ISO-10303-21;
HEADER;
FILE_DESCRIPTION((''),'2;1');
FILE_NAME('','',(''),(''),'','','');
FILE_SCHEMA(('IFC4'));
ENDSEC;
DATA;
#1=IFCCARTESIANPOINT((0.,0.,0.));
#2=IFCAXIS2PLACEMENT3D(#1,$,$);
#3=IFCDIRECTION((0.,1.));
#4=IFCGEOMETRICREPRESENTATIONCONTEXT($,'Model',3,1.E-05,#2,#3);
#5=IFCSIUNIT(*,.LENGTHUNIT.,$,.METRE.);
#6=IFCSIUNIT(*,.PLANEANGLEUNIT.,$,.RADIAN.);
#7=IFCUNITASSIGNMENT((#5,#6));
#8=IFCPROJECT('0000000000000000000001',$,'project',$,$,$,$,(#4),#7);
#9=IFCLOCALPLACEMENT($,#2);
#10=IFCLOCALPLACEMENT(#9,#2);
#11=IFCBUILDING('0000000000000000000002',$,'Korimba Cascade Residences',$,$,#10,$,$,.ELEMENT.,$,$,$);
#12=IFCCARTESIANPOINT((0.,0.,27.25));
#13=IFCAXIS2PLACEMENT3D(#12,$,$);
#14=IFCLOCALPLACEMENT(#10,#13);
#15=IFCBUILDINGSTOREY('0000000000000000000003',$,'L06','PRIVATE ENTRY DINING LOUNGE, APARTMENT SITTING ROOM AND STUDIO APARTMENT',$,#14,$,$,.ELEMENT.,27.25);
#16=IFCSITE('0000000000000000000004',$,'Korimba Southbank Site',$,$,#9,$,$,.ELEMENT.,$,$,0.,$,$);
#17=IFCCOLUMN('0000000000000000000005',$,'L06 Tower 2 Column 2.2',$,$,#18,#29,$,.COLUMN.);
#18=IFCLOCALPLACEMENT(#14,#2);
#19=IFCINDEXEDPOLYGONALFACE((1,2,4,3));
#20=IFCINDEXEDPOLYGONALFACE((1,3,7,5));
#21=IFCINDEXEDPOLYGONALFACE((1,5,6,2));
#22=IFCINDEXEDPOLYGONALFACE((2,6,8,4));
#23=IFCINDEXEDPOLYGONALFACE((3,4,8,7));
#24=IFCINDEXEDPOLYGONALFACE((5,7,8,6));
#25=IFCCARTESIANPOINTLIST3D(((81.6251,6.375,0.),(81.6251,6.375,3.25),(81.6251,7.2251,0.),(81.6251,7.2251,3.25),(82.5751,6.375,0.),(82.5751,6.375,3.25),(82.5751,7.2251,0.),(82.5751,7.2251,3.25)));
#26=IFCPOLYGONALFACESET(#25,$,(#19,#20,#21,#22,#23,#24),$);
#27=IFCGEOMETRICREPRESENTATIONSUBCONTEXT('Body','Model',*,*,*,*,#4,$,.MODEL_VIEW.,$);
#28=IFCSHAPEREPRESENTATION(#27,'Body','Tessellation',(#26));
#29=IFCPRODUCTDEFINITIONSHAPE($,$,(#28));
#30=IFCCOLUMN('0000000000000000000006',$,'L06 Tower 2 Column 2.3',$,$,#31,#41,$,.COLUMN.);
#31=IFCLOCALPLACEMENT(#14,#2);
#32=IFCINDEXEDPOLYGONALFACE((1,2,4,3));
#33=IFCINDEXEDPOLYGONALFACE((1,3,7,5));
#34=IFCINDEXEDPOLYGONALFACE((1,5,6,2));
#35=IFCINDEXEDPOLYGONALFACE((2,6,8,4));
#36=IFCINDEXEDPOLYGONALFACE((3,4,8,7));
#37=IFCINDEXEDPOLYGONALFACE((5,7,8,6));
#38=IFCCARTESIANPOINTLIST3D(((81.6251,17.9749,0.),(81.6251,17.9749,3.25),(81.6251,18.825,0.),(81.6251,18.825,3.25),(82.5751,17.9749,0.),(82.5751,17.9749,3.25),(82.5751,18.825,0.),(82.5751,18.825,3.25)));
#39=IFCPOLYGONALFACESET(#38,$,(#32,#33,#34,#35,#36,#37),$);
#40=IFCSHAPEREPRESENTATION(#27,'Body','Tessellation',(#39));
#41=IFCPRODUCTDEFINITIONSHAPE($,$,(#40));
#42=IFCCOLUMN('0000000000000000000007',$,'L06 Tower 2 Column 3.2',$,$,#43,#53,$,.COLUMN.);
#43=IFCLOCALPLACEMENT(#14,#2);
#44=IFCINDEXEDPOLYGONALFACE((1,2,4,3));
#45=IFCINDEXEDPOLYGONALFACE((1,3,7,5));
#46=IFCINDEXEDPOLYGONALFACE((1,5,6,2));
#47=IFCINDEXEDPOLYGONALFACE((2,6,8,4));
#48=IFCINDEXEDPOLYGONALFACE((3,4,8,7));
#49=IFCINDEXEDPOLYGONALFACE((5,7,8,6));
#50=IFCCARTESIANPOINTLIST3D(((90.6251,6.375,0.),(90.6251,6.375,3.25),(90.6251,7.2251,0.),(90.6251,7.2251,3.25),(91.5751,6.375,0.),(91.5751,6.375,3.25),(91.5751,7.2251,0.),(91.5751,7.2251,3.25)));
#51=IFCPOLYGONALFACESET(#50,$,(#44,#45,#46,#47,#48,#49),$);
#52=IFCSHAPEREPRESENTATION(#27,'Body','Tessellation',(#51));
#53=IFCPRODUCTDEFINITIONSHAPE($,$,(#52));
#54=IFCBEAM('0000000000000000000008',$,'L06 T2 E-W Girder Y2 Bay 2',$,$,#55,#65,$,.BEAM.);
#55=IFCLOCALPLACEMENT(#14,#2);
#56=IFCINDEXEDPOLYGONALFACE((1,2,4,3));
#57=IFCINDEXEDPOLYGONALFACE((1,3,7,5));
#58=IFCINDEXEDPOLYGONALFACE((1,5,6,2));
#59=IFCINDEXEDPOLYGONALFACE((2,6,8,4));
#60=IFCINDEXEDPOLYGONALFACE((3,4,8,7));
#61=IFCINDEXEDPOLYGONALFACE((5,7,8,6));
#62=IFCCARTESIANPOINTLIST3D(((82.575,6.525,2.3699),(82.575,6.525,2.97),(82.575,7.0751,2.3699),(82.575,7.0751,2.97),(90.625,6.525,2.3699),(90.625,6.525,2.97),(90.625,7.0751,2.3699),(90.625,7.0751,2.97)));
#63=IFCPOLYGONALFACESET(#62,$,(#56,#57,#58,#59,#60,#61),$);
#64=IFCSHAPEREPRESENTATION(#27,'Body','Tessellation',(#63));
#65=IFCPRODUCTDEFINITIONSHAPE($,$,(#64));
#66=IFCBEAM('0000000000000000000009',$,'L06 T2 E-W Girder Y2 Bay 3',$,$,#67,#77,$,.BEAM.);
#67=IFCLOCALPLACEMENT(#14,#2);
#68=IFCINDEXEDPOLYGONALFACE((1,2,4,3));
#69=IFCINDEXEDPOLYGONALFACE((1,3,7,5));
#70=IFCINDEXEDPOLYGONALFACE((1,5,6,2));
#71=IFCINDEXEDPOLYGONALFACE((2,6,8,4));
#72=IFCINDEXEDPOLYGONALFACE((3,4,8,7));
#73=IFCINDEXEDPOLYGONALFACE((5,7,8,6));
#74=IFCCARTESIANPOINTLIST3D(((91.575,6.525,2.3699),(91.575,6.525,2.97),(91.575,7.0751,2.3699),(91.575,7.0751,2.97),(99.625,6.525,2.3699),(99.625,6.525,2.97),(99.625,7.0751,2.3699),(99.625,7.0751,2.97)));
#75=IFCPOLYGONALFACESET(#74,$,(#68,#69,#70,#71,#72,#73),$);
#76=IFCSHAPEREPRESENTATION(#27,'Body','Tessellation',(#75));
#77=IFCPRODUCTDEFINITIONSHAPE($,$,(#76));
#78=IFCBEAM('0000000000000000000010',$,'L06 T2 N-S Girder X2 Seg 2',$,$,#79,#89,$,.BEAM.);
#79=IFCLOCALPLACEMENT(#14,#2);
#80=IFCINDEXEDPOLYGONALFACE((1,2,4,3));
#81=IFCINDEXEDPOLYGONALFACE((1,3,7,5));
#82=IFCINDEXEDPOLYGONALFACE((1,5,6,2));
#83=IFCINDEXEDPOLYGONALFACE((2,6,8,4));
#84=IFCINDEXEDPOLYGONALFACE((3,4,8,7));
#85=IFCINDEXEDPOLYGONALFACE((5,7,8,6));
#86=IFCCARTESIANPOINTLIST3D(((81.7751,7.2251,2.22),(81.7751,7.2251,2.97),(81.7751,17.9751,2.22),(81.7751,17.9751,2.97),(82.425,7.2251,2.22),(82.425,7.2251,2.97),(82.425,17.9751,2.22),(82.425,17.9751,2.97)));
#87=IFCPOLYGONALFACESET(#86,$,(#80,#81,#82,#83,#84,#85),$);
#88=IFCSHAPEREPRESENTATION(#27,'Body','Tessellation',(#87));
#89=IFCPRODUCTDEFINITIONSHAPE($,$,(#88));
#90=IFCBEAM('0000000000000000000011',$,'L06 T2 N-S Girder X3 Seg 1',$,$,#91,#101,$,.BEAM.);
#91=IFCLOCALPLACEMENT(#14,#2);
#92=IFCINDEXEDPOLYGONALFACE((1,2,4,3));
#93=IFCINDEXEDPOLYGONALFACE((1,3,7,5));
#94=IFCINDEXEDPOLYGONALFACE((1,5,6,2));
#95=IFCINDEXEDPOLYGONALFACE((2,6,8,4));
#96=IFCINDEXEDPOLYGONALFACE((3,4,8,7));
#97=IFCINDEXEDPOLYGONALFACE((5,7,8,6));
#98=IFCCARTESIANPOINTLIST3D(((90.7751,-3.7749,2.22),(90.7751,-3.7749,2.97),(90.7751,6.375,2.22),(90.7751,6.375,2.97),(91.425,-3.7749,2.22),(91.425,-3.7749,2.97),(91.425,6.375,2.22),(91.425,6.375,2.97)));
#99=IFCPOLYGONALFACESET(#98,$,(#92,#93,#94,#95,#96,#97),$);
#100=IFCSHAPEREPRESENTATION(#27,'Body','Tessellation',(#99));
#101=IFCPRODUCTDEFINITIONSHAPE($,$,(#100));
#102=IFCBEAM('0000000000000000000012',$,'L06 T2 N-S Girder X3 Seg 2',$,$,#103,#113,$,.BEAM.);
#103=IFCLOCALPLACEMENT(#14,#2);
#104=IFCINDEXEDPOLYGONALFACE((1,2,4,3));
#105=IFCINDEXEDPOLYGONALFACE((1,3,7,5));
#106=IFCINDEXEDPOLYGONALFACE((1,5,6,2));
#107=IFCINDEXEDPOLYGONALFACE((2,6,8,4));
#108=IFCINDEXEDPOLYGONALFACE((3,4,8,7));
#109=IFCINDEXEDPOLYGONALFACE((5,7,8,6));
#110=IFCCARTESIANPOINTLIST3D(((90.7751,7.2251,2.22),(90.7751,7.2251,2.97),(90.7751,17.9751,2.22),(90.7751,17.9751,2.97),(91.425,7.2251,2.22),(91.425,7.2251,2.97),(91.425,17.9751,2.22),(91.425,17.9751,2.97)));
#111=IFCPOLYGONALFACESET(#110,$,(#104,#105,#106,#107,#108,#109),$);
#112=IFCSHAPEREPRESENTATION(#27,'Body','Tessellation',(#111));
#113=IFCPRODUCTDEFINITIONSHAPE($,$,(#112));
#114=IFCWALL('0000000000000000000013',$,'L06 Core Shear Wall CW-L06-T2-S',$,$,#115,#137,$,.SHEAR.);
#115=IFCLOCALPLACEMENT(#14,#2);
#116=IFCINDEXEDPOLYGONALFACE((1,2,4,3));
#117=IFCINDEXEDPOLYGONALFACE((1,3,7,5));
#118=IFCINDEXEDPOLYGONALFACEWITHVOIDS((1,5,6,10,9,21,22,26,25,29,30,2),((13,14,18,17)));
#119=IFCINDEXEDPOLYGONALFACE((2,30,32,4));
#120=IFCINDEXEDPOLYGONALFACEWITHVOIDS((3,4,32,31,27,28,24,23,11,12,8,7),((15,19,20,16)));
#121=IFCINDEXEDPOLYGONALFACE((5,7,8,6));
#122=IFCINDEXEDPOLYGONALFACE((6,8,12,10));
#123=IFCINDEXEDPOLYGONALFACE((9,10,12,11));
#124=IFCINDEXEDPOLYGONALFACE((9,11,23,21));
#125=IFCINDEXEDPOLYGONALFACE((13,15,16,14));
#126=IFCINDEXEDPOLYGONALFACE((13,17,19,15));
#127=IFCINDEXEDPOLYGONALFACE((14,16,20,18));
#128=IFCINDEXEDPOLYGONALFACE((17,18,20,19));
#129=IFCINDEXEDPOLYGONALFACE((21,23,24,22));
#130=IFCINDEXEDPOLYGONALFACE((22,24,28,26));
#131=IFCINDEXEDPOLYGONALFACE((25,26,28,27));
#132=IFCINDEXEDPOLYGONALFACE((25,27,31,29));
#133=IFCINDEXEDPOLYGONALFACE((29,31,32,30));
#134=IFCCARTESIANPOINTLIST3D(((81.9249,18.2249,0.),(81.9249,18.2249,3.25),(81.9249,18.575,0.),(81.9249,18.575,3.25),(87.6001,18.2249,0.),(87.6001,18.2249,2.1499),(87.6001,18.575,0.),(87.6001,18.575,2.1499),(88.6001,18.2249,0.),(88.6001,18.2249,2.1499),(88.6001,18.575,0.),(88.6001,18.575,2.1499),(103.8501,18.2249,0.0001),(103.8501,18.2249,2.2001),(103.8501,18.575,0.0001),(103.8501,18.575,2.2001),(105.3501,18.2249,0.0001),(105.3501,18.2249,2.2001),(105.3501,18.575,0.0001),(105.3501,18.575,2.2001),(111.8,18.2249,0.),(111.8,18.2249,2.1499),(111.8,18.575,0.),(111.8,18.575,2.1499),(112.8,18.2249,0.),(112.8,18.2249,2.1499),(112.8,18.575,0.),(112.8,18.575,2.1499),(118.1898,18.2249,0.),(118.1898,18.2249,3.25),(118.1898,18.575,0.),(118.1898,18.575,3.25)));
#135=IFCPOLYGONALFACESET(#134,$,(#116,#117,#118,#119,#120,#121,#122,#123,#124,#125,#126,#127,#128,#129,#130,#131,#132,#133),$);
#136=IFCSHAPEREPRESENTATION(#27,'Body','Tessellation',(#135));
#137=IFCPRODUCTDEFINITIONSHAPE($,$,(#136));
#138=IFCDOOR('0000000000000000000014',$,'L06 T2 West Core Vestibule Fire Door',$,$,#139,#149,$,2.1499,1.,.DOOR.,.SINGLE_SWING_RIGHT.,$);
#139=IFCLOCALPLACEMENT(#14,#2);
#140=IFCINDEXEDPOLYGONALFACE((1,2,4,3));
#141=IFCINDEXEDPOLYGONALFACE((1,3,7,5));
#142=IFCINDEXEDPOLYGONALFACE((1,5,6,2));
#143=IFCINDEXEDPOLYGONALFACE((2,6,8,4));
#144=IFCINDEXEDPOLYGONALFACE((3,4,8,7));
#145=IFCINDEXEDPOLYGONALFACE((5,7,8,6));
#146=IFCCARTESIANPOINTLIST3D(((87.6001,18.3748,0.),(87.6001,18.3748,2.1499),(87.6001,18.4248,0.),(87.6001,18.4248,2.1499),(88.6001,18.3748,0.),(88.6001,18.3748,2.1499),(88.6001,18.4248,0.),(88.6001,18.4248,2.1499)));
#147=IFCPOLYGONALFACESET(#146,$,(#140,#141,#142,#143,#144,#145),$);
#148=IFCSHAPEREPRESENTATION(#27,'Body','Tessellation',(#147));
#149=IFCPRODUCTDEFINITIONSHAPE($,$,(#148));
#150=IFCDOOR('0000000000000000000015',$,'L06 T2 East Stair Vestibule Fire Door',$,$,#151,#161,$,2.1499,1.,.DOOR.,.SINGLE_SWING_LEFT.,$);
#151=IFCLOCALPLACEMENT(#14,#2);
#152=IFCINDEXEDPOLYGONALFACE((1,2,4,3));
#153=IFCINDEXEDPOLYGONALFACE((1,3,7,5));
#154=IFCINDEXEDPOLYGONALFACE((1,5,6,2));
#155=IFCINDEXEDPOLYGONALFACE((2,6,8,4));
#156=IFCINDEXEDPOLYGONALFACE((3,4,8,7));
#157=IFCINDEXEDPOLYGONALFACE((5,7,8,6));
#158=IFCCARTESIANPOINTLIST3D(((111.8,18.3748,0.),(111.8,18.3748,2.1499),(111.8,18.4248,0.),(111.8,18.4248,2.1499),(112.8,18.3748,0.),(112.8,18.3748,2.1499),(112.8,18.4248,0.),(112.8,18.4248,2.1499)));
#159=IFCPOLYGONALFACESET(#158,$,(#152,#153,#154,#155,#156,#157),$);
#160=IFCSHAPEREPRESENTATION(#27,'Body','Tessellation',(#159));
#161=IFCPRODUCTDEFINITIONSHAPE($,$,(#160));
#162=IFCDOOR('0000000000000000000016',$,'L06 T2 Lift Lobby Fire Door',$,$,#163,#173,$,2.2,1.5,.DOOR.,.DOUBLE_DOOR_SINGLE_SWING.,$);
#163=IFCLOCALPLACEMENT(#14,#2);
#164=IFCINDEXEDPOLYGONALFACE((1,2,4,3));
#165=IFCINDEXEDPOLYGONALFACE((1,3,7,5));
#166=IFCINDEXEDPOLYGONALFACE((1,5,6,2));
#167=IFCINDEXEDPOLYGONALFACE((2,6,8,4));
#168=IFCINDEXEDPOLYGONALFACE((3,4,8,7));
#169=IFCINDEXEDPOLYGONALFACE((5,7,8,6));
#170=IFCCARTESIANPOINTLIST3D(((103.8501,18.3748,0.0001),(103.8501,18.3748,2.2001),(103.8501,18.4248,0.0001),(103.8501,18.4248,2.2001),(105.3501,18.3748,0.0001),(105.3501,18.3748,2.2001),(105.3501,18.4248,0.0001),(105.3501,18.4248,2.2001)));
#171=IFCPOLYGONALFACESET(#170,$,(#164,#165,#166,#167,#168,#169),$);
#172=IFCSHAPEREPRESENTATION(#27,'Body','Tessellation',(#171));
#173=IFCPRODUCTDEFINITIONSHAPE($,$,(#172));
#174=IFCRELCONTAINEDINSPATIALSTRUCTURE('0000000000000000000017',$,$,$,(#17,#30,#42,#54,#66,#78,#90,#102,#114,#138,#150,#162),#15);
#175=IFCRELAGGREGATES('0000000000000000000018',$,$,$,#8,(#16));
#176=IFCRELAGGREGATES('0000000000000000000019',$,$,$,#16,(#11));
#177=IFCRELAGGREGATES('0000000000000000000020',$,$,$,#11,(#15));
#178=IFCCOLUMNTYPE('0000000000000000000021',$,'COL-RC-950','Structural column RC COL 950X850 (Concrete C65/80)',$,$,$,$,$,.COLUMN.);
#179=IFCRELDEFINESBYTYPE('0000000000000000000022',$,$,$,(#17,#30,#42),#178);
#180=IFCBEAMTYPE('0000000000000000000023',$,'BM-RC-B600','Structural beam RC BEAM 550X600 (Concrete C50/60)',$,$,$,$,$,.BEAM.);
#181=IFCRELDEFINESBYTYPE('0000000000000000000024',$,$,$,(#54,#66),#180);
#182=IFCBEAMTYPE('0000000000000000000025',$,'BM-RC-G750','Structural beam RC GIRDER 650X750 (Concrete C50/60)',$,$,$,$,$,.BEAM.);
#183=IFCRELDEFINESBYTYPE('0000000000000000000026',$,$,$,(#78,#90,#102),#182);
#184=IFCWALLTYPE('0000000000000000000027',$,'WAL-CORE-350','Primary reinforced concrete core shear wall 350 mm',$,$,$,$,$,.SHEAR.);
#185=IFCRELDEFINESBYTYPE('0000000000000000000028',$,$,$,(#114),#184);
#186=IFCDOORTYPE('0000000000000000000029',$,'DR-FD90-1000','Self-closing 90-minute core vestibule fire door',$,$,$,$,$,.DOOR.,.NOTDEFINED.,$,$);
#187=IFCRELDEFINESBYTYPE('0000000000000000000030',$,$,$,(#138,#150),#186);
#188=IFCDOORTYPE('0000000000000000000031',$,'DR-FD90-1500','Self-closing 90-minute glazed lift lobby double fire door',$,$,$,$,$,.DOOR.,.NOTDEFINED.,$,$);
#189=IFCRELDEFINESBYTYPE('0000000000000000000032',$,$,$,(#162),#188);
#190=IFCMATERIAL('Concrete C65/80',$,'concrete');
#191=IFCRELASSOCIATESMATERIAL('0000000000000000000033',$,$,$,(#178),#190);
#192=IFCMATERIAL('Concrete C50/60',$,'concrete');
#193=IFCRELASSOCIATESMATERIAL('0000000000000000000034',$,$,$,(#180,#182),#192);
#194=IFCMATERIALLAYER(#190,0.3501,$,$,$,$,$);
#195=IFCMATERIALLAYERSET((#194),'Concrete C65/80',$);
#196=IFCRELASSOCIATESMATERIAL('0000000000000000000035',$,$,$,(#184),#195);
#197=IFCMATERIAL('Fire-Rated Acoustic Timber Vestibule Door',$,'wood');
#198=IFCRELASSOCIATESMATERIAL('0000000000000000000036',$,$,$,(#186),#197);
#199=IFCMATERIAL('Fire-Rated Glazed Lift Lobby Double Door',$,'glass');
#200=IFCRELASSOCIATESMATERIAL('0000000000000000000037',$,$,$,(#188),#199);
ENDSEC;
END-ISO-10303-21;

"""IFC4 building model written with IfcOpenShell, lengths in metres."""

from ifc_helpers import new_model, si_unit, direction, frame, frame_2d, origin, origin_2d, place, context, subcontext, project, spatial, rectangle, extrude, material, layer, layer_set, material_profile, profile_set, type_object, element, fill, save


model = new_model("IFC4")

# Units and contexts
model_context = context("Model", 3, precision=1e-05, world=origin(), true_north=direction((0.0, 1.0)))
body_context = subcontext(model_context, "Body", "Model", "MODEL_VIEW")
ifc_project = project(units=[si_unit("LENGTHUNIT", "METRE"), si_unit("PLANEANGLEUNIT", "RADIAN")], contexts=[model_context])

# Site, building, storey
site_placement = place(None, origin())
site = spatial("IfcSite", under=ifc_project, at=site_placement, Name="Korimba Southbank Site", CompositionType="ELEMENT", RefElevation=0.0)
building_placement = place(site_placement, origin())
building = spatial("IfcBuilding", under=site, at=building_placement, Name="Korimba Cascade Residences", CompositionType="ELEMENT")
storey_placement = place(building_placement, frame((0.0, 0.0, 27.25)))
storey = spatial("IfcBuildingStorey", under=building, at=storey_placement, Name="L06", Description="PRIVATE ENTRY DINING LOUNGE, APARTMENT SITTING ROOM AND STUDIO APARTMENT", CompositionType="ELEMENT", Elevation=27.25)

# Columns
ifc_material_1 = material(Name="Concrete C65/80", Category="concrete")
ifc_material_profile_1 = material_profile(ifc_material_1, rectangle(XDim=0.95, YDim=0.8501, at=origin_2d()), Name="Concrete C65/80")
ifc_profile_set_1 = profile_set([ifc_material_profile_1], Name="Concrete C65/80")
column_type = type_object("IfcColumnType", Name="COL-RC-950", Description="Structural column RC COL 950X850 (Concrete C65/80)", PredefinedType="COLUMN", material=ifc_profile_set_1)
for number, where, z_axis, x_axis, name in (
    (1, (82.1001, 6.8, 0.0), (0.0, 0.0, 1.0), (1.0, 0.0, 0.0), "L06 Tower 2 Column 2.2"),
    (2, (82.1001, 18.3999, 0.0), (0.0, 0.0, 1.0), (1.0, 0.0, 0.0), "L06 Tower 2 Column 2.3"),
    (3, (91.1001, 6.8, 0.0), (0.0, 0.0, 1.0), (1.0, 0.0, 0.0), "L06 Tower 2 Column 3.2"),
):
    element("IfcColumn", number, at=place(storey_placement, frame(where, z_axis=z_axis, x_axis=x_axis)), inside=storey, type_object=column_type, Name=name, PredefinedType="COLUMN", context=body_context, shape_type="SweptSolid", body=[
        extrude(rectangle(XDim=0.95, YDim=0.8501, at=origin_2d()), origin(), (0.0, 0.0, 1.0), 3.25),
    ])

# Beams
ifc_material_2 = material(Name="Concrete C50/60", Category="concrete")
ifc_material_profile_2 = material_profile(ifc_material_2, rectangle(XDim=0.55, YDim=0.6001, at=origin_2d()), Name="Concrete C50/60")
ifc_profile_set_2 = profile_set([ifc_material_profile_2], Name="Concrete C50/60")
beam_type_1 = type_object("IfcBeamType", Name="BM-RC-B600", Description="Structural beam RC BEAM 550X600 (Concrete C50/60)", PredefinedType="BEAM", material=ifc_profile_set_2)
for number, where, z_axis, x_axis, name in (
    (4, (82.575, 6.8, 2.6699), (1.0, 0.0, 0.0), (0.0, 1.0, 0.0), "L06 T2 E-W Girder Y2 Bay 2"),
    (5, (91.575, 6.8, 2.6699), (1.0, 0.0, 0.0), (0.0, 1.0, 0.0), "L06 T2 E-W Girder Y2 Bay 3"),
):
    element("IfcBeam", number, at=place(storey_placement, frame(where, z_axis=z_axis, x_axis=x_axis)), inside=storey, type_object=beam_type_1, Name=name, PredefinedType="BEAM", context=body_context, shape_type="SweptSolid", body=[
        extrude(rectangle(XDim=0.55, YDim=0.6001, at=origin_2d()), origin(), (0.0, 0.0, 1.0), 8.05),
    ])
ifc_material_profile_3 = material_profile(ifc_material_2, rectangle(XDim=0.6499, YDim=0.75, at=origin_2d()), Name="Concrete C50/60")
ifc_profile_set_3 = profile_set([ifc_material_profile_3], Name="Concrete C50/60")
beam_type_2 = type_object("IfcBeamType", Name="BM-RC-G750", Description="Structural beam RC GIRDER 650X750 (Concrete C50/60)", PredefinedType="BEAM", material=ifc_profile_set_3)
beam_1_placement = place(storey_placement, frame((82.1001, 7.2251, 2.595), z_axis=(0.0, 1.0, 0.0), x_axis=(-1.0, 0.0, 0.0)))
element("IfcBeam", 6, at=beam_1_placement, inside=storey, type_object=beam_type_2, Name="L06 T2 N-S Girder X2 Seg 2", PredefinedType="BEAM", context=body_context, shape_type="SweptSolid", body=[
    extrude(rectangle(XDim=0.6499, YDim=0.75, at=origin_2d()), origin(), (0.0, 0.0, 1.0), 10.75),
])
beam_2_placement = place(storey_placement, frame((91.1001, -3.7749, 2.595), z_axis=(0.0, 1.0, 0.0), x_axis=(-1.0, 0.0, 0.0)))
element("IfcBeam", 7, at=beam_2_placement, inside=storey, type_object=beam_type_2, Name="L06 T2 N-S Girder X3 Seg 1", PredefinedType="BEAM", context=body_context, shape_type="SweptSolid", body=[
    extrude(rectangle(XDim=0.6499, YDim=0.75, at=origin_2d()), origin(), (0.0, 0.0, 1.0), 10.1499),
])
beam_3_placement = place(storey_placement, frame((91.1001, 7.2251, 2.595), z_axis=(0.0, 1.0, 0.0), x_axis=(-1.0, 0.0, 0.0)))
element("IfcBeam", 8, at=beam_3_placement, inside=storey, type_object=beam_type_2, Name="L06 T2 N-S Girder X3 Seg 2", PredefinedType="BEAM", context=body_context, shape_type="SweptSolid", body=[
    extrude(rectangle(XDim=0.6499, YDim=0.75, at=origin_2d()), origin(), (0.0, 0.0, 1.0), 10.75),
])

# Wall, openings, doors
ifc_layer_1 = layer(ifc_material_1, 0.3501)
ifc_layer_set_1 = layer_set([ifc_layer_1], Name="Concrete C65/80")
wall_type_1 = type_object("IfcWallType", Name="WAL-CORE-350", Description="Primary reinforced concrete core shear wall 350 mm", PredefinedType="SHEAR", material=ifc_layer_set_1)
wall_1_placement = place(storey_placement, frame((81.925, 18.3999, 0.0), z_axis=(0.0, 0.0, 1.0), x_axis=(1.0, 0.0, 0.0)))
wall_1 = element("IfcWall", 9, at=wall_1_placement, inside=storey, type_object=wall_type_1, Name="L06 Core Shear Wall CW-L06-T2-S", PredefinedType="SHEAR", context=body_context, shape_type="SweptSolid", body=[
    extrude(rectangle(XDim=36.2649, YDim=0.3501, at=frame_2d((18.1323, 0.0))), origin(), (0.0, 0.0, 1.0), 3.25),
])
opening_1_placement = place(wall_1_placement, frame((5.675, 0.0, 0.0)))
opening_1 = element("IfcOpeningElement", 10, at=opening_1_placement, cuts=wall_1, PredefinedType="OPENING", context=body_context, shape_type="SweptSolid", body=[
    extrude(rectangle(XDim=1.0, YDim=2.1499, at=frame_2d((0.5, 1.075))), frame((0.0, 0.1851, 0.0), z_axis=(0.0, -1.0, 0.0), x_axis=(1.0, 0.0, 0.0)), (0.0, 0.0, 1.0), 0.3701),
])
opening_2_placement = place(wall_1_placement, frame((21.925, 0.0, 0.0)))
opening_2 = element("IfcOpeningElement", 11, at=opening_2_placement, cuts=wall_1, PredefinedType="OPENING", context=body_context, shape_type="SweptSolid", body=[
    extrude(rectangle(XDim=1.5, YDim=2.2, at=frame_2d((0.75, 1.1001))), frame((0.0, 0.1851, 0.0), z_axis=(0.0, -1.0, 0.0), x_axis=(1.0, 0.0, 0.0)), (0.0, 0.0, 1.0), 0.3701),
])
opening_3_placement = place(wall_1_placement, frame((29.875, 0.0, 0.0)))
opening_3 = element("IfcOpeningElement", 12, at=opening_3_placement, cuts=wall_1, PredefinedType="OPENING", context=body_context, shape_type="SweptSolid", body=[
    extrude(rectangle(XDim=1.0, YDim=2.1499, at=frame_2d((0.5, 1.075))), frame((0.0, 0.1851, 0.0), z_axis=(0.0, -1.0, 0.0), x_axis=(1.0, 0.0, 0.0)), (0.0, 0.0, 1.0), 0.3701),
])
ifc_material_3 = material(Name="Fire-Rated Acoustic Timber Vestibule Door", Category="wood")
door_type_1 = type_object("IfcDoorType", Name="DR-FD90-1000", Description="Self-closing 90-minute core vestibule fire door", OperationType="NOTDEFINED", PredefinedType="DOOR", material=ifc_material_3)
door_1_placement = place(opening_1_placement, origin())
door_1 = element("IfcDoor", 13, at=door_1_placement, inside=storey, type_object=door_type_1, Name="L06 T2 West Core Vestibule Fire Door", OperationType="SINGLE_SWING_RIGHT", OverallHeight=2.1499, OverallWidth=1.0, PredefinedType="DOOR", context=body_context, shape_type="SweptSolid", body=[
    extrude(rectangle(XDim=1.0, YDim=2.1499, at=frame_2d((0.5, 1.075))), frame((0.0, 0.0249, 0.0), z_axis=(0.0, -1.0, 0.0), x_axis=(1.0, 0.0, 0.0)), (0.0, 0.0, 1.0), 0.05),
])
fill(opening_1, door_1)
door_2_placement = place(opening_3_placement, origin())
door_2 = element("IfcDoor", 14, at=door_2_placement, inside=storey, type_object=door_type_1, Name="L06 T2 East Stair Vestibule Fire Door", OperationType="SINGLE_SWING_LEFT", OverallHeight=2.1499, OverallWidth=1.0, PredefinedType="DOOR", context=body_context, shape_type="SweptSolid", body=[
    extrude(rectangle(XDim=1.0, YDim=2.1499, at=frame_2d((0.5, 1.075))), frame((0.0, 0.0249, 0.0), z_axis=(0.0, -1.0, 0.0), x_axis=(1.0, 0.0, 0.0)), (0.0, 0.0, 1.0), 0.05),
])
fill(opening_3, door_2)
ifc_material_4 = material(Name="Fire-Rated Glazed Lift Lobby Double Door", Category="glass")
door_type_2 = type_object("IfcDoorType", Name="DR-FD90-1500", Description="Self-closing 90-minute glazed lift lobby double fire door", OperationType="NOTDEFINED", PredefinedType="DOOR", material=ifc_material_4)
door_3_placement = place(opening_2_placement, origin())
door_3 = element("IfcDoor", 15, at=door_3_placement, inside=storey, type_object=door_type_2, Name="L06 T2 Lift Lobby Fire Door", OperationType="DOUBLE_DOOR_SINGLE_SWING", OverallHeight=2.2, OverallWidth=1.5, PredefinedType="DOOR", context=body_context, shape_type="SweptSolid", body=[
    extrude(rectangle(XDim=1.5, YDim=2.2, at=frame_2d((0.75, 1.1001))), frame((0.0, 0.0249, 0.0), z_axis=(0.0, -1.0, 0.0), x_axis=(1.0, 0.0, 0.0)), (0.0, 0.0, 1.0), 0.05),
])
fill(opening_2, door_3)

save(model, "model.ifc")
